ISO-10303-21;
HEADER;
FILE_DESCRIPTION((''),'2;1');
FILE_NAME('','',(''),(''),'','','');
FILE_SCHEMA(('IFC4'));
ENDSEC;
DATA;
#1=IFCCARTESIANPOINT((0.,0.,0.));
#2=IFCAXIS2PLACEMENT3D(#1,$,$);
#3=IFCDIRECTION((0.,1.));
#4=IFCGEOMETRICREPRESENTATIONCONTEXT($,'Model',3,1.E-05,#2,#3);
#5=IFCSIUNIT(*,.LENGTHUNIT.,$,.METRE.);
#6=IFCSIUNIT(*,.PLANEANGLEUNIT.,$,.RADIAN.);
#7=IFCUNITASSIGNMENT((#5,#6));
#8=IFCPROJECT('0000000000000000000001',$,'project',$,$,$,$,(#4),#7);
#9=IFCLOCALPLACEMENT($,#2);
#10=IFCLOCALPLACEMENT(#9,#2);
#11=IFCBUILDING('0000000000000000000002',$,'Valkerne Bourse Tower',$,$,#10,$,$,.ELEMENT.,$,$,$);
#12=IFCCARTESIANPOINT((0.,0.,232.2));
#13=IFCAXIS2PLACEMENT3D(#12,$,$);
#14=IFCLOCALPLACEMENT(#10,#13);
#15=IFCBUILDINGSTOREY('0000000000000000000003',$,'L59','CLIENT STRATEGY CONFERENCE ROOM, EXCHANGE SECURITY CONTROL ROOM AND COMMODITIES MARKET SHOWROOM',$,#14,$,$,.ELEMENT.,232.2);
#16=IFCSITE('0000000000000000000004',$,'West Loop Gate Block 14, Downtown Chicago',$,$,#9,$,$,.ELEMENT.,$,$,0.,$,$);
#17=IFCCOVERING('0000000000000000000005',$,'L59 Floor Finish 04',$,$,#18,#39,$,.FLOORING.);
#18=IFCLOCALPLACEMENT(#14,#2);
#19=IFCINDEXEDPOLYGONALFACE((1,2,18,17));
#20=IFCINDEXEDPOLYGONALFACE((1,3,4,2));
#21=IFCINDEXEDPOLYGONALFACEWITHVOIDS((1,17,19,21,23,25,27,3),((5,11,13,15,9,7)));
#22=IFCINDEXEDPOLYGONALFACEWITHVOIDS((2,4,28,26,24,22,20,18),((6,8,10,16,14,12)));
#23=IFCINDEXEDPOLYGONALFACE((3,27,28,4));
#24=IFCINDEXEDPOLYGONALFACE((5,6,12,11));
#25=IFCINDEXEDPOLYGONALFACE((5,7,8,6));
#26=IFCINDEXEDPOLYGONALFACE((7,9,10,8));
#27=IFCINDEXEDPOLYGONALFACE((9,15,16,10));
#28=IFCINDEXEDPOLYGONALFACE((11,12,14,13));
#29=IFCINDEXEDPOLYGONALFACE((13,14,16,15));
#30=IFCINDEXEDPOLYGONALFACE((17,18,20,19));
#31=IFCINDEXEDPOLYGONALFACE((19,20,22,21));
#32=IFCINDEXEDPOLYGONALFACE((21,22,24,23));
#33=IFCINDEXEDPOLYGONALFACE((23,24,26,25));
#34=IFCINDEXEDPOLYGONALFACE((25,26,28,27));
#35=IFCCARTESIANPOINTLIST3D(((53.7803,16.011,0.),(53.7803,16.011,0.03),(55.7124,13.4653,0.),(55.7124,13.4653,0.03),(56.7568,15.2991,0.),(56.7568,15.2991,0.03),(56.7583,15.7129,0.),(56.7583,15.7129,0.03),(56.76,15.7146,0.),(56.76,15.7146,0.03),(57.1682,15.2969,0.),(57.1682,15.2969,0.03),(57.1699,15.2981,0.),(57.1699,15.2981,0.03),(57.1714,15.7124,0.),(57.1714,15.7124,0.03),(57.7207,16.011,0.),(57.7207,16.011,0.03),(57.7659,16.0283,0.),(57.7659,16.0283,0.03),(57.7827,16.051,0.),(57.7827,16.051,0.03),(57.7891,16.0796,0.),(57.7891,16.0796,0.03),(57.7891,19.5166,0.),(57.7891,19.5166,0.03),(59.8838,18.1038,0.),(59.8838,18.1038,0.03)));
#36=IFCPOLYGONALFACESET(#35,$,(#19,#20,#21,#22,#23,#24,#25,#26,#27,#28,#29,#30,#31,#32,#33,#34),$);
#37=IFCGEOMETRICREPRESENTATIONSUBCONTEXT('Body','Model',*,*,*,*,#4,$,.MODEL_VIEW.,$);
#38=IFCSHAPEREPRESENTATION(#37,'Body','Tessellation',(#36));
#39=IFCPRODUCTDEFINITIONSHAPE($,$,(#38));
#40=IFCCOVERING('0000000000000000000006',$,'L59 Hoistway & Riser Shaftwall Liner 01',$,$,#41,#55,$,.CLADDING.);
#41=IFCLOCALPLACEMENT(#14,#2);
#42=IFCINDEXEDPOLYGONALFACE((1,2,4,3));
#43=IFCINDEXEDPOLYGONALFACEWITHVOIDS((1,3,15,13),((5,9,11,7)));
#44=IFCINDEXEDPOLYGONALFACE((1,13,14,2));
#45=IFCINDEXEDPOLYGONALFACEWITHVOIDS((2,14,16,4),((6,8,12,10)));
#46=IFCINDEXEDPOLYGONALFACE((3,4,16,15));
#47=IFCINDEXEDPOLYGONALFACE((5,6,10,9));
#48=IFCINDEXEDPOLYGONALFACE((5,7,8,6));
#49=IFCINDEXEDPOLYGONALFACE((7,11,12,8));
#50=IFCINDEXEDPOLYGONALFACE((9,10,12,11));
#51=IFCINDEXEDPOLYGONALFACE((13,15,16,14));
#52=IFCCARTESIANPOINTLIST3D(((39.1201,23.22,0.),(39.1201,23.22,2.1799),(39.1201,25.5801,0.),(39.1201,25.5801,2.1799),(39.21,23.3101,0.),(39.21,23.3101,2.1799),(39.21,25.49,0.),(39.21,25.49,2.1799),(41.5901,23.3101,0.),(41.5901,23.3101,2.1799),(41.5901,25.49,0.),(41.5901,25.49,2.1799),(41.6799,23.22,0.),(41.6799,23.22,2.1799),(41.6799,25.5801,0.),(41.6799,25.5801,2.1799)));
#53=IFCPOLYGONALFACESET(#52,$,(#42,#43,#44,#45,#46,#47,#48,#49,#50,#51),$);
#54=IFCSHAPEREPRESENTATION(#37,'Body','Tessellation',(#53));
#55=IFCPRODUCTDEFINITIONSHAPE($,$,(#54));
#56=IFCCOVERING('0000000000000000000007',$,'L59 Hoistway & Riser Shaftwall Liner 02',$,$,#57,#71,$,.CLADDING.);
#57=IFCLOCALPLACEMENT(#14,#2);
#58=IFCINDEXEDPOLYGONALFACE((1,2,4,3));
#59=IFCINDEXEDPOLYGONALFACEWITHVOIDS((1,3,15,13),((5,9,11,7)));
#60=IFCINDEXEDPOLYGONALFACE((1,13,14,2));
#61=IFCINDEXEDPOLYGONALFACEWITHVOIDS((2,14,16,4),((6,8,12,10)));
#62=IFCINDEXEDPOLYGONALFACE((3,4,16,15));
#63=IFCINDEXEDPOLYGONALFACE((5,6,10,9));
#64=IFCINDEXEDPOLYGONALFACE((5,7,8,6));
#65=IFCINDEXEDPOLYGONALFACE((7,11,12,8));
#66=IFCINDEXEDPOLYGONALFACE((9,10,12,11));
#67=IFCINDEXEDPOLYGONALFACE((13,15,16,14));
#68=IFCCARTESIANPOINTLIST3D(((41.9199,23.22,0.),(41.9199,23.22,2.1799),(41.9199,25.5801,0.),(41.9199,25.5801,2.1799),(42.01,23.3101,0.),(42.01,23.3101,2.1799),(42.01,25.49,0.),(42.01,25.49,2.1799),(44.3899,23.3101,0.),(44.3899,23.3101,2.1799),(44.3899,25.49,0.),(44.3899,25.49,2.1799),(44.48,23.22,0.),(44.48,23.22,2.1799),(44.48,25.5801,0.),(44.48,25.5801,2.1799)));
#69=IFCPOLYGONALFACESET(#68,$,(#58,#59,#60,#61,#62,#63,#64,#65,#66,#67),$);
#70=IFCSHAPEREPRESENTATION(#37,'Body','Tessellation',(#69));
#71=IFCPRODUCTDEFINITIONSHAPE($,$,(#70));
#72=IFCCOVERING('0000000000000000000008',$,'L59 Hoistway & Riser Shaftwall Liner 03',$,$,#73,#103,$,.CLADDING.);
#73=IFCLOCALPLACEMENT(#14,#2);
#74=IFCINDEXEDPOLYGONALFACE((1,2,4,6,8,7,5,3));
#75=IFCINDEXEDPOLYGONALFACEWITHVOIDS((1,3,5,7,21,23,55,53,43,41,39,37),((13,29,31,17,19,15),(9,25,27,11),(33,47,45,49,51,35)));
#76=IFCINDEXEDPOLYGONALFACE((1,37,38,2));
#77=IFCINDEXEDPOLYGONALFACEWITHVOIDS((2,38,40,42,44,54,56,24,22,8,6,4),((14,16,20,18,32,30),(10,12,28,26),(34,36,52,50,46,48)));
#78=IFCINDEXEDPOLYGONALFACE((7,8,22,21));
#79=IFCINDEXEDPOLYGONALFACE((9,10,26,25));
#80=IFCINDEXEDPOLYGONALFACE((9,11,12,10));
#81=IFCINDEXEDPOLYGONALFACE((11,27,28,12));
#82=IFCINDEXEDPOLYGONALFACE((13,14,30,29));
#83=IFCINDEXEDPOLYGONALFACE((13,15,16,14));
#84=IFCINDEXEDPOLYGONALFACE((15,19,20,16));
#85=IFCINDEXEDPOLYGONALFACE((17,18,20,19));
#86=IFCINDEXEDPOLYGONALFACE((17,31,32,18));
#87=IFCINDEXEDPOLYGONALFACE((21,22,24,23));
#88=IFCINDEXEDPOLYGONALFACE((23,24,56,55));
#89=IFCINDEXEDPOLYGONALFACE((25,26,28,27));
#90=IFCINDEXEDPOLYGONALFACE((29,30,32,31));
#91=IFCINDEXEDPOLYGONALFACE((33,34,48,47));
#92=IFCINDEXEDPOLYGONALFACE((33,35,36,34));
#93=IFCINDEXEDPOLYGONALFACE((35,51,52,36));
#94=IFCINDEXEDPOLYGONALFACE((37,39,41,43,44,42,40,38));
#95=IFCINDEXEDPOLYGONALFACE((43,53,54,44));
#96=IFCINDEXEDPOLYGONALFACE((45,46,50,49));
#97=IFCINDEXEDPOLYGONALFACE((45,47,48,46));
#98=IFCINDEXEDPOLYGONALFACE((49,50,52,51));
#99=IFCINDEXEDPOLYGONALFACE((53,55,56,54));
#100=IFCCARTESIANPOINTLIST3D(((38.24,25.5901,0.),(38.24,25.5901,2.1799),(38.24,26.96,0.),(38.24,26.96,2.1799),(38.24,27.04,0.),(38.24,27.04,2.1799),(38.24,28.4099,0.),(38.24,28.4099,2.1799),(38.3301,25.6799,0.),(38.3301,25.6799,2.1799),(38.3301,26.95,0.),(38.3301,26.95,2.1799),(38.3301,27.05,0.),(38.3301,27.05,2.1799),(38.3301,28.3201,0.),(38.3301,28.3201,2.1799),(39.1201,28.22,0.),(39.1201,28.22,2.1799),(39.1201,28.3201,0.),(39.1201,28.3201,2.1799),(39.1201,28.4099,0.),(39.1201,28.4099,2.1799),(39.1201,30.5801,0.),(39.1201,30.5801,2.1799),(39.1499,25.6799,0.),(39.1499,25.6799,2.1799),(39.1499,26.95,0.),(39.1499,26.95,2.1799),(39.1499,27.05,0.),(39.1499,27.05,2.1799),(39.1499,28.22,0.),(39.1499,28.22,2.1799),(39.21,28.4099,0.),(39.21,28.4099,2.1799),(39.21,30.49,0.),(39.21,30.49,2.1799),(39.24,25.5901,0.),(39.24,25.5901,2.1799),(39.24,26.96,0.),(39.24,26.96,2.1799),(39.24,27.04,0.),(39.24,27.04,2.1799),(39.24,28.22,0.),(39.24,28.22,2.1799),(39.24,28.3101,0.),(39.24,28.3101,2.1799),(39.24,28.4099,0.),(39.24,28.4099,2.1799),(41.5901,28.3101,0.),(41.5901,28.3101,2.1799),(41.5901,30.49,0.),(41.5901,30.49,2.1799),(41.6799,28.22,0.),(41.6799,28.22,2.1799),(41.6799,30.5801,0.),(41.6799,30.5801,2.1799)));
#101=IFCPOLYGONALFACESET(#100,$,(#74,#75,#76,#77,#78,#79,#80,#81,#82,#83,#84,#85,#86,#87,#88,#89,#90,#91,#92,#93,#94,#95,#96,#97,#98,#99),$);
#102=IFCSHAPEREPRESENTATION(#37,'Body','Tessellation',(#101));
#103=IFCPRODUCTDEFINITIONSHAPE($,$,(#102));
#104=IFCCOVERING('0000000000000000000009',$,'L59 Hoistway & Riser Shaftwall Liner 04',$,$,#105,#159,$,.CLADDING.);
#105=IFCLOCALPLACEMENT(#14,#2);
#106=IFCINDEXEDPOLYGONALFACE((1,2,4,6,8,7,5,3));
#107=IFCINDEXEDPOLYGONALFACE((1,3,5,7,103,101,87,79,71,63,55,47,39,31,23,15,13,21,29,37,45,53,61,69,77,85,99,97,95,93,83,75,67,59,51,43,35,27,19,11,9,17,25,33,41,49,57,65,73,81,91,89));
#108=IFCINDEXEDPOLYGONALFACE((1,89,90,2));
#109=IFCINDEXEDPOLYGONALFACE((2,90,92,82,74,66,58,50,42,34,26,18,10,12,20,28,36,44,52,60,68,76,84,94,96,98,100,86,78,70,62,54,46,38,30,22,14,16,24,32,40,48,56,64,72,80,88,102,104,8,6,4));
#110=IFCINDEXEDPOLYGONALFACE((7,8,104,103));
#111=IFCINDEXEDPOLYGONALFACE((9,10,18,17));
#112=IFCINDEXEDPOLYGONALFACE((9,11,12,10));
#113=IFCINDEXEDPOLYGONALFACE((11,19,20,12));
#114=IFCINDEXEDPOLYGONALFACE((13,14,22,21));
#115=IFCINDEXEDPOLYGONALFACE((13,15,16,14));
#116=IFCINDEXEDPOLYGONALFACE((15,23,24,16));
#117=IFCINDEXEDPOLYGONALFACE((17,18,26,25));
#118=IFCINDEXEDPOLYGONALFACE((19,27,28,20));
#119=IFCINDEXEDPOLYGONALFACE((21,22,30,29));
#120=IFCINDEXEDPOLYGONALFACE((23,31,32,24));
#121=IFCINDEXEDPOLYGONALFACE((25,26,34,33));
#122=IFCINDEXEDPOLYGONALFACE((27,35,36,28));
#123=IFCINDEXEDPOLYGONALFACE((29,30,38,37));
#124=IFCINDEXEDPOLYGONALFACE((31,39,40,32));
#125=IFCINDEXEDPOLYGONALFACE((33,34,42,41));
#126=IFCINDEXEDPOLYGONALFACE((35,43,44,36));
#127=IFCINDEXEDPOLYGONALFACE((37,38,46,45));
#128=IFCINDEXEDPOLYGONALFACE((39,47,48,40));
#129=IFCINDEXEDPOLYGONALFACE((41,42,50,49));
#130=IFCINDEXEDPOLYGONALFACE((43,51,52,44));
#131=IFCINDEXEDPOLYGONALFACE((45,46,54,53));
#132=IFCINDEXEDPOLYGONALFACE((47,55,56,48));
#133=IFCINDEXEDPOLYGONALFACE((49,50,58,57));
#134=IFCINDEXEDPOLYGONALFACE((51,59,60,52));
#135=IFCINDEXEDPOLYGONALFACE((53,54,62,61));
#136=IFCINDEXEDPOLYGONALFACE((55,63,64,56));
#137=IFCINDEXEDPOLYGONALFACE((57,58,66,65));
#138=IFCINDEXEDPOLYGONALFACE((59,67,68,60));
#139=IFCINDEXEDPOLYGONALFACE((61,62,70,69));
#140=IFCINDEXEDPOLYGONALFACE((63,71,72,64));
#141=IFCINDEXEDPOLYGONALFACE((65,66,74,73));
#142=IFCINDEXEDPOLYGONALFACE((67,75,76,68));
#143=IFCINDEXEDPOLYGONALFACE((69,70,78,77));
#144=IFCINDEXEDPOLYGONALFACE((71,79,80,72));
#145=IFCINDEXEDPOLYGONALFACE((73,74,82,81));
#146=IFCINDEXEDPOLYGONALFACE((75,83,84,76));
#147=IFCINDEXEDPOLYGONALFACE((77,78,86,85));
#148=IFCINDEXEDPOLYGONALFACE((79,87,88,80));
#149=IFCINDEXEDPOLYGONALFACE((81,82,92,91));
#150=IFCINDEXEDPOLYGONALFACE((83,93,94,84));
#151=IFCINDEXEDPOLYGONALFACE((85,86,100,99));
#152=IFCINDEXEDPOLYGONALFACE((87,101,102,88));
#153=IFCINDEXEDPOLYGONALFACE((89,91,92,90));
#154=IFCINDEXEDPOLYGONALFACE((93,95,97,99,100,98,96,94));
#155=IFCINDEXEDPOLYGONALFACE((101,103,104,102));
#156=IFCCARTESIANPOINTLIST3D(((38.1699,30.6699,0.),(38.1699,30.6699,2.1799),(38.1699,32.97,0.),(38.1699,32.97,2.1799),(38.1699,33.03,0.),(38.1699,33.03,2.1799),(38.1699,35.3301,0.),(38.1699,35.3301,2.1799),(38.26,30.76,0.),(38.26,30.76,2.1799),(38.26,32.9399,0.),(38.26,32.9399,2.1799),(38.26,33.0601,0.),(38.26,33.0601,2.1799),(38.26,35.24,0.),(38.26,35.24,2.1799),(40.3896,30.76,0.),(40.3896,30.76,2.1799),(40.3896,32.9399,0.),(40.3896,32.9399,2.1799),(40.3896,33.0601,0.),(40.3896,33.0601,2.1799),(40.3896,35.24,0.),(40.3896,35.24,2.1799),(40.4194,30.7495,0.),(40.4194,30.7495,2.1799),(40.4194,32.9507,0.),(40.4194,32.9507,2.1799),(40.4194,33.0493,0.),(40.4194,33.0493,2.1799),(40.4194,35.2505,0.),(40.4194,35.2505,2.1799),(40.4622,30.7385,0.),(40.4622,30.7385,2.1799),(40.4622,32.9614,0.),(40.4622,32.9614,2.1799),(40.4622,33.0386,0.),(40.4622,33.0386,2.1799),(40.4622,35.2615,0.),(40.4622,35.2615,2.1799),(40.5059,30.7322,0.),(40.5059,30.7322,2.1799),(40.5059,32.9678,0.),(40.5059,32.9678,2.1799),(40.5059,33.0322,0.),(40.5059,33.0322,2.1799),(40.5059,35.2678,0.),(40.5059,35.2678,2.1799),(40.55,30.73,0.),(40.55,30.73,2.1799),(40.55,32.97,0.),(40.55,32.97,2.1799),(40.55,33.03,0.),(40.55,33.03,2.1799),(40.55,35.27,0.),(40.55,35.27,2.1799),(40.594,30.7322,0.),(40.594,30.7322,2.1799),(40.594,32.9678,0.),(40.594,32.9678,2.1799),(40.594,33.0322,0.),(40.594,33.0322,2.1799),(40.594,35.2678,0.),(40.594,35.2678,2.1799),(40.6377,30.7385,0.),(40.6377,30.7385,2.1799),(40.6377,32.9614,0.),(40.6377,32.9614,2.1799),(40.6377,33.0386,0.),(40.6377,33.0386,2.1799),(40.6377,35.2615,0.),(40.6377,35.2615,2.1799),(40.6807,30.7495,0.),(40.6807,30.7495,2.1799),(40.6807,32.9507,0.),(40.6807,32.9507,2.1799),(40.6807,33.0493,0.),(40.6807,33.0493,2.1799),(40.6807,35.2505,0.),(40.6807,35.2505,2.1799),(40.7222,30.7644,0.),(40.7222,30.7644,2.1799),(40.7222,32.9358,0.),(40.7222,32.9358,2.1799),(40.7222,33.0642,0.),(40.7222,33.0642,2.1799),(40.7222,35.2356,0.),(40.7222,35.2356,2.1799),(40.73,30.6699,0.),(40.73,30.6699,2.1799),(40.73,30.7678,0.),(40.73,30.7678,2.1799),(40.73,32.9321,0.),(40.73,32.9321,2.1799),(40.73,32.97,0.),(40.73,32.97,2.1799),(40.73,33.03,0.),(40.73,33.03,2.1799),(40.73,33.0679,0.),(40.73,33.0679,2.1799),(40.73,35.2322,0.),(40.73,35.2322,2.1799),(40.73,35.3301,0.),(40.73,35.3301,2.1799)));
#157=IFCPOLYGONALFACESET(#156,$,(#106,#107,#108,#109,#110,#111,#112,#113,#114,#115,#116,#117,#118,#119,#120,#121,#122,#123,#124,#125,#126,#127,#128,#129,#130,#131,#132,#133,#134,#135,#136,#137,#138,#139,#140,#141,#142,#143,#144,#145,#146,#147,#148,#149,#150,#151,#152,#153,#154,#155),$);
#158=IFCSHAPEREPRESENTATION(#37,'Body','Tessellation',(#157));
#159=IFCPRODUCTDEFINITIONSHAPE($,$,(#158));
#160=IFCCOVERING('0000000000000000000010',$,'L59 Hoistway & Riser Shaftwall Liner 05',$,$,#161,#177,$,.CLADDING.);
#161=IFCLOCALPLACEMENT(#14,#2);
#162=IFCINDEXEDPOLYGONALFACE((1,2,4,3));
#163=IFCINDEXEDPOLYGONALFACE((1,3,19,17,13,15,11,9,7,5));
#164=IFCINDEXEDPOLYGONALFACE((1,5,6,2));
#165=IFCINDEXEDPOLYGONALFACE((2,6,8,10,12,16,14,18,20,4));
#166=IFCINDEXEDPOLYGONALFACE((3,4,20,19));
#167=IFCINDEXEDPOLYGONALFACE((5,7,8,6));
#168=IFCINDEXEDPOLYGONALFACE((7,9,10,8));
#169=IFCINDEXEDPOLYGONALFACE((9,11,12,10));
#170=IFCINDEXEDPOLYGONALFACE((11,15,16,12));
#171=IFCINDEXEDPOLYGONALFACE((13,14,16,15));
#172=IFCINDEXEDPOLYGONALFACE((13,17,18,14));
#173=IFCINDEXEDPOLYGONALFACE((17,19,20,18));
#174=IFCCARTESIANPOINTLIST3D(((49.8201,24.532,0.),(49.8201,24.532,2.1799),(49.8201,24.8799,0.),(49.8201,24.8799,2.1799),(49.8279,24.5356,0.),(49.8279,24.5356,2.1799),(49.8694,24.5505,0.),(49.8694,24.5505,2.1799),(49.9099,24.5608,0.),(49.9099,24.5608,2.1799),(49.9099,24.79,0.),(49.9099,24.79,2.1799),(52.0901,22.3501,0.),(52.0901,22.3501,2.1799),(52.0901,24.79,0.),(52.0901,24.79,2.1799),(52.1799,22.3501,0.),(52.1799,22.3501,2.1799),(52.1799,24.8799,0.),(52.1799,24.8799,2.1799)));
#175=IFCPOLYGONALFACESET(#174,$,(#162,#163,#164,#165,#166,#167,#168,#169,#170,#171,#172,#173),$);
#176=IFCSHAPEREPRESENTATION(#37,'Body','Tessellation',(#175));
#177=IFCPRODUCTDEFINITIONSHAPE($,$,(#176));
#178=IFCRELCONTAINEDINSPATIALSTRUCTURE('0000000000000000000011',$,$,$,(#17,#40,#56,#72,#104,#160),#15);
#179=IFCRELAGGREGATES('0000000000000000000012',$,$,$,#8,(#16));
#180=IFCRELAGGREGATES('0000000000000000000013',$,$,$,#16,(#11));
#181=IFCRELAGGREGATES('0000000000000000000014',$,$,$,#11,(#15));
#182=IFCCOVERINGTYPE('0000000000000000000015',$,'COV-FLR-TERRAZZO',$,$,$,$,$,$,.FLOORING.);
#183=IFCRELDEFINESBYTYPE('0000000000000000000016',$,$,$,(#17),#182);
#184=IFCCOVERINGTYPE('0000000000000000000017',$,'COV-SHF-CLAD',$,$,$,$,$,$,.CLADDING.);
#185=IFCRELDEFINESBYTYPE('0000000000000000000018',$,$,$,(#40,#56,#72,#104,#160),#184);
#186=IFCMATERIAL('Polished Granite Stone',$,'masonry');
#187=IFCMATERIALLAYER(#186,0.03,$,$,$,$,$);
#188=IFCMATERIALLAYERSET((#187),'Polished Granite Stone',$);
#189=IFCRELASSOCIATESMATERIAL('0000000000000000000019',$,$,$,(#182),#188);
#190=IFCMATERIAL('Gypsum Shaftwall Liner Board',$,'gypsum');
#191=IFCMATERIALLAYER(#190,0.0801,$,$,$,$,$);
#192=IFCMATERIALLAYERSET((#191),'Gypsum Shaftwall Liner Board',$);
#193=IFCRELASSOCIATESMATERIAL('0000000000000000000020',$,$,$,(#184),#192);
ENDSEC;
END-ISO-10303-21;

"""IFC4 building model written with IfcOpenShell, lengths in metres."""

from ifc_helpers import new_model, si_unit, direction, frame, origin, place, context, subcontext, project, spatial, polyline, outline, extrude, material, layer, layer_set, type_object, element, save


model = new_model("IFC4")

# Units and contexts
model_context = context("Model", 3, precision=1e-05, world=origin(), true_north=direction((0.0, 1.0)))
body_context = subcontext(model_context, "Body", "Model", "MODEL_VIEW")
ifc_project = project(units=[si_unit("LENGTHUNIT", "METRE"), si_unit("PLANEANGLEUNIT", "RADIAN")], contexts=[model_context])

# Site, building, storey
site_placement = place(None, origin())
site = spatial("IfcSite", under=ifc_project, at=site_placement, Name="West Loop Gate Block 14, Downtown Chicago", CompositionType="ELEMENT", RefElevation=0.0)
building_placement = place(site_placement, origin())
building = spatial("IfcBuilding", under=site, at=building_placement, Name="Valkerne Bourse Tower", CompositionType="ELEMENT")
storey_placement = place(building_placement, frame((0.0, 0.0, 232.2)))
storey = spatial("IfcBuildingStorey", under=building, at=storey_placement, Name="L59", Description="CLIENT STRATEGY CONFERENCE ROOM, EXCHANGE SECURITY CONTROL ROOM AND COMMODITIES MARKET SHOWROOM", CompositionType="ELEMENT", Elevation=232.2)

# Coverings
ifc_material_1 = material(Name="Polished Granite Stone", Category="masonry")
ifc_layer_1 = layer(ifc_material_1, 0.03)
ifc_layer_set_1 = layer_set([ifc_layer_1], Name="Polished Granite Stone")
covering_type_1 = type_object("IfcCoveringType", Name="COV-FLR-TERRAZZO", PredefinedType="FLOORING", material=ifc_layer_set_1)
covering_1_placement = place(storey_placement, origin())
element("IfcCovering", 1, at=covering_1_placement, inside=storey, type_object=covering_type_1, Name="L59 Floor Finish 04", PredefinedType="FLOORING", context=body_context, shape_type="SweptSolid", body=[
    extrude(outline(polyline([(57.7207, 16.011), (57.7659, 16.0283), (57.7827, 16.051), (57.7891, 16.0796), (57.7891, 19.5166), (59.8838, 18.1038), (55.7124, 13.4653), (53.7803, 16.011), (57.7207, 16.011)]), holes=[polyline([(57.1714, 15.7124), (56.76, 15.7146), (56.7583, 15.7129), (56.7568, 15.2991), (57.1682, 15.2969), (57.1699, 15.2981), (57.1714, 15.7124)])]), origin(), (0.0, 0.0, 1.0), 0.03),
])
ifc_material_2 = material(Name="Gypsum Shaftwall Liner Board", Category="gypsum")
ifc_layer_2 = layer(ifc_material_2, 0.0801)
ifc_layer_set_2 = layer_set([ifc_layer_2], Name="Gypsum Shaftwall Liner Board")
covering_type_2 = type_object("IfcCoveringType", Name="COV-SHF-CLAD", PredefinedType="CLADDING", material=ifc_layer_set_2)
covering_2_placement = place(storey_placement, origin())
element("IfcCovering", 2, at=covering_2_placement, inside=storey, type_object=covering_type_2, Name="L59 Hoistway & Riser Shaftwall Liner 01", PredefinedType="CLADDING", context=body_context, shape_type="SweptSolid", body=[
    extrude(outline(polyline([(41.6799, 25.5801), (41.6799, 23.22), (39.1201, 23.22), (39.1201, 25.5801), (41.6799, 25.5801)]), holes=[polyline([(41.5901, 25.49), (39.21, 25.49), (39.21, 23.3101), (41.5901, 23.3101), (41.5901, 25.49)])]), origin(), (0.0, 0.0, 1.0), 2.1799),
])
covering_3_placement = place(storey_placement, origin())
element("IfcCovering", 3, at=covering_3_placement, inside=storey, type_object=covering_type_2, Name="L59 Hoistway & Riser Shaftwall Liner 02", PredefinedType="CLADDING", context=body_context, shape_type="SweptSolid", body=[
    extrude(outline(polyline([(44.48, 23.22), (41.9199, 23.22), (41.9199, 25.5801), (44.48, 25.5801), (44.48, 23.22)]), holes=[polyline([(42.01, 25.49), (42.01, 23.3101), (44.3899, 23.3101), (44.3899, 25.49), (42.01, 25.49)])]), origin(), (0.0, 0.0, 1.0), 2.1799),
])
covering_4_placement = place(storey_placement, origin())
element("IfcCovering", 4, at=covering_4_placement, inside=storey, type_object=covering_type_2, Name="L59 Hoistway & Riser Shaftwall Liner 03", PredefinedType="CLADDING", context=body_context, shape_type="SweptSolid", body=[
    extrude(outline(polyline([(38.24, 28.4099), (39.1201, 28.4099), (39.1201, 30.5801), (41.6799, 30.5801), (41.6799, 28.22), (39.24, 28.22), (39.24, 27.04), (39.24, 26.96), (39.24, 25.5901), (38.24, 25.5901), (38.24, 26.96), (38.24, 27.04), (38.24, 28.4099)]), holes=[polyline([(38.3301, 26.95), (38.3301, 25.6799), (39.1499, 25.6799), (39.1499, 26.95), (38.3301, 26.95)]), polyline([(39.21, 30.49), (39.21, 28.4099), (39.24, 28.4099), (39.24, 28.3101), (41.5901, 28.3101), (41.5901, 30.49), (39.21, 30.49)]), polyline([(38.3301, 27.05), (39.1499, 27.05), (39.1499, 28.22), (39.1201, 28.22), (39.1201, 28.3201), (38.3301, 28.3201), (38.3301, 27.05)])]), origin(), (0.0, 0.0, 1.0), 2.1799),
])
covering_5_placement = place(storey_placement, origin())
element("IfcCovering", 5, at=covering_5_placement, inside=storey, type_object=covering_type_2, Name="L59 Hoistway & Riser Shaftwall Liner 04", PredefinedType="CLADDING", context=body_context, shape_type="SweptSolid", body=[
    extrude(outline(polyline([(38.1699, 35.3301), (40.73, 35.3301), (40.73, 35.2322), (40.7222, 35.2356), (40.6807, 35.2505), (40.6377, 35.2615), (40.594, 35.2678), (40.55, 35.27), (40.5059, 35.2678), (40.4622, 35.2615), (40.4194, 35.2505), (40.3896, 35.24), (38.26, 35.24), (38.26, 33.0601), (40.3896, 33.0601), (40.4194, 33.0493), (40.4622, 33.0386), (40.5059, 33.0322), (40.55, 33.03), (40.594, 33.0322), (40.6377, 33.0386), (40.6807, 33.0493), (40.7222, 33.0642), (40.73, 33.0679), (40.73, 33.03), (40.73, 32.97), (40.73, 32.9321), (40.7222, 32.9358), (40.6807, 32.9507), (40.6377, 32.9614), (40.594, 32.9678), (40.55, 32.97), (40.5059, 32.9678), (40.4622, 32.9614), (40.4194, 32.9507), (40.3896, 32.9399), (38.26, 32.9399), (38.26, 30.76), (40.3896, 30.76), (40.4194, 30.7495), (40.4622, 30.7385), (40.5059, 30.7322), (40.55, 30.73), (40.594, 30.7322), (40.6377, 30.7385), (40.6807, 30.7495), (40.7222, 30.7644), (40.73, 30.7678), (40.73, 30.6699), (38.1699, 30.6699), (38.1699, 32.97), (38.1699, 33.03), (38.1699, 35.3301)])), origin(), (0.0, 0.0, 1.0), 2.1799),
])
covering_6_placement = place(storey_placement, origin())
element("IfcCovering", 6, at=covering_6_placement, inside=storey, type_object=covering_type_2, Name="L59 Hoistway & Riser Shaftwall Liner 05", PredefinedType="CLADDING", context=body_context, shape_type="SweptSolid", body=[
    extrude(outline(polyline([(52.1799, 22.3501), (52.0901, 22.3501), (52.0901, 24.79), (49.9099, 24.79), (49.9099, 24.5608), (49.8694, 24.5505), (49.8279, 24.5356), (49.8201, 24.532), (49.8201, 24.8799), (52.1799, 24.8799), (52.1799, 22.3501)])), origin(), (0.0, 0.0, 1.0), 2.1799),
])

save(model, "model.ifc")
